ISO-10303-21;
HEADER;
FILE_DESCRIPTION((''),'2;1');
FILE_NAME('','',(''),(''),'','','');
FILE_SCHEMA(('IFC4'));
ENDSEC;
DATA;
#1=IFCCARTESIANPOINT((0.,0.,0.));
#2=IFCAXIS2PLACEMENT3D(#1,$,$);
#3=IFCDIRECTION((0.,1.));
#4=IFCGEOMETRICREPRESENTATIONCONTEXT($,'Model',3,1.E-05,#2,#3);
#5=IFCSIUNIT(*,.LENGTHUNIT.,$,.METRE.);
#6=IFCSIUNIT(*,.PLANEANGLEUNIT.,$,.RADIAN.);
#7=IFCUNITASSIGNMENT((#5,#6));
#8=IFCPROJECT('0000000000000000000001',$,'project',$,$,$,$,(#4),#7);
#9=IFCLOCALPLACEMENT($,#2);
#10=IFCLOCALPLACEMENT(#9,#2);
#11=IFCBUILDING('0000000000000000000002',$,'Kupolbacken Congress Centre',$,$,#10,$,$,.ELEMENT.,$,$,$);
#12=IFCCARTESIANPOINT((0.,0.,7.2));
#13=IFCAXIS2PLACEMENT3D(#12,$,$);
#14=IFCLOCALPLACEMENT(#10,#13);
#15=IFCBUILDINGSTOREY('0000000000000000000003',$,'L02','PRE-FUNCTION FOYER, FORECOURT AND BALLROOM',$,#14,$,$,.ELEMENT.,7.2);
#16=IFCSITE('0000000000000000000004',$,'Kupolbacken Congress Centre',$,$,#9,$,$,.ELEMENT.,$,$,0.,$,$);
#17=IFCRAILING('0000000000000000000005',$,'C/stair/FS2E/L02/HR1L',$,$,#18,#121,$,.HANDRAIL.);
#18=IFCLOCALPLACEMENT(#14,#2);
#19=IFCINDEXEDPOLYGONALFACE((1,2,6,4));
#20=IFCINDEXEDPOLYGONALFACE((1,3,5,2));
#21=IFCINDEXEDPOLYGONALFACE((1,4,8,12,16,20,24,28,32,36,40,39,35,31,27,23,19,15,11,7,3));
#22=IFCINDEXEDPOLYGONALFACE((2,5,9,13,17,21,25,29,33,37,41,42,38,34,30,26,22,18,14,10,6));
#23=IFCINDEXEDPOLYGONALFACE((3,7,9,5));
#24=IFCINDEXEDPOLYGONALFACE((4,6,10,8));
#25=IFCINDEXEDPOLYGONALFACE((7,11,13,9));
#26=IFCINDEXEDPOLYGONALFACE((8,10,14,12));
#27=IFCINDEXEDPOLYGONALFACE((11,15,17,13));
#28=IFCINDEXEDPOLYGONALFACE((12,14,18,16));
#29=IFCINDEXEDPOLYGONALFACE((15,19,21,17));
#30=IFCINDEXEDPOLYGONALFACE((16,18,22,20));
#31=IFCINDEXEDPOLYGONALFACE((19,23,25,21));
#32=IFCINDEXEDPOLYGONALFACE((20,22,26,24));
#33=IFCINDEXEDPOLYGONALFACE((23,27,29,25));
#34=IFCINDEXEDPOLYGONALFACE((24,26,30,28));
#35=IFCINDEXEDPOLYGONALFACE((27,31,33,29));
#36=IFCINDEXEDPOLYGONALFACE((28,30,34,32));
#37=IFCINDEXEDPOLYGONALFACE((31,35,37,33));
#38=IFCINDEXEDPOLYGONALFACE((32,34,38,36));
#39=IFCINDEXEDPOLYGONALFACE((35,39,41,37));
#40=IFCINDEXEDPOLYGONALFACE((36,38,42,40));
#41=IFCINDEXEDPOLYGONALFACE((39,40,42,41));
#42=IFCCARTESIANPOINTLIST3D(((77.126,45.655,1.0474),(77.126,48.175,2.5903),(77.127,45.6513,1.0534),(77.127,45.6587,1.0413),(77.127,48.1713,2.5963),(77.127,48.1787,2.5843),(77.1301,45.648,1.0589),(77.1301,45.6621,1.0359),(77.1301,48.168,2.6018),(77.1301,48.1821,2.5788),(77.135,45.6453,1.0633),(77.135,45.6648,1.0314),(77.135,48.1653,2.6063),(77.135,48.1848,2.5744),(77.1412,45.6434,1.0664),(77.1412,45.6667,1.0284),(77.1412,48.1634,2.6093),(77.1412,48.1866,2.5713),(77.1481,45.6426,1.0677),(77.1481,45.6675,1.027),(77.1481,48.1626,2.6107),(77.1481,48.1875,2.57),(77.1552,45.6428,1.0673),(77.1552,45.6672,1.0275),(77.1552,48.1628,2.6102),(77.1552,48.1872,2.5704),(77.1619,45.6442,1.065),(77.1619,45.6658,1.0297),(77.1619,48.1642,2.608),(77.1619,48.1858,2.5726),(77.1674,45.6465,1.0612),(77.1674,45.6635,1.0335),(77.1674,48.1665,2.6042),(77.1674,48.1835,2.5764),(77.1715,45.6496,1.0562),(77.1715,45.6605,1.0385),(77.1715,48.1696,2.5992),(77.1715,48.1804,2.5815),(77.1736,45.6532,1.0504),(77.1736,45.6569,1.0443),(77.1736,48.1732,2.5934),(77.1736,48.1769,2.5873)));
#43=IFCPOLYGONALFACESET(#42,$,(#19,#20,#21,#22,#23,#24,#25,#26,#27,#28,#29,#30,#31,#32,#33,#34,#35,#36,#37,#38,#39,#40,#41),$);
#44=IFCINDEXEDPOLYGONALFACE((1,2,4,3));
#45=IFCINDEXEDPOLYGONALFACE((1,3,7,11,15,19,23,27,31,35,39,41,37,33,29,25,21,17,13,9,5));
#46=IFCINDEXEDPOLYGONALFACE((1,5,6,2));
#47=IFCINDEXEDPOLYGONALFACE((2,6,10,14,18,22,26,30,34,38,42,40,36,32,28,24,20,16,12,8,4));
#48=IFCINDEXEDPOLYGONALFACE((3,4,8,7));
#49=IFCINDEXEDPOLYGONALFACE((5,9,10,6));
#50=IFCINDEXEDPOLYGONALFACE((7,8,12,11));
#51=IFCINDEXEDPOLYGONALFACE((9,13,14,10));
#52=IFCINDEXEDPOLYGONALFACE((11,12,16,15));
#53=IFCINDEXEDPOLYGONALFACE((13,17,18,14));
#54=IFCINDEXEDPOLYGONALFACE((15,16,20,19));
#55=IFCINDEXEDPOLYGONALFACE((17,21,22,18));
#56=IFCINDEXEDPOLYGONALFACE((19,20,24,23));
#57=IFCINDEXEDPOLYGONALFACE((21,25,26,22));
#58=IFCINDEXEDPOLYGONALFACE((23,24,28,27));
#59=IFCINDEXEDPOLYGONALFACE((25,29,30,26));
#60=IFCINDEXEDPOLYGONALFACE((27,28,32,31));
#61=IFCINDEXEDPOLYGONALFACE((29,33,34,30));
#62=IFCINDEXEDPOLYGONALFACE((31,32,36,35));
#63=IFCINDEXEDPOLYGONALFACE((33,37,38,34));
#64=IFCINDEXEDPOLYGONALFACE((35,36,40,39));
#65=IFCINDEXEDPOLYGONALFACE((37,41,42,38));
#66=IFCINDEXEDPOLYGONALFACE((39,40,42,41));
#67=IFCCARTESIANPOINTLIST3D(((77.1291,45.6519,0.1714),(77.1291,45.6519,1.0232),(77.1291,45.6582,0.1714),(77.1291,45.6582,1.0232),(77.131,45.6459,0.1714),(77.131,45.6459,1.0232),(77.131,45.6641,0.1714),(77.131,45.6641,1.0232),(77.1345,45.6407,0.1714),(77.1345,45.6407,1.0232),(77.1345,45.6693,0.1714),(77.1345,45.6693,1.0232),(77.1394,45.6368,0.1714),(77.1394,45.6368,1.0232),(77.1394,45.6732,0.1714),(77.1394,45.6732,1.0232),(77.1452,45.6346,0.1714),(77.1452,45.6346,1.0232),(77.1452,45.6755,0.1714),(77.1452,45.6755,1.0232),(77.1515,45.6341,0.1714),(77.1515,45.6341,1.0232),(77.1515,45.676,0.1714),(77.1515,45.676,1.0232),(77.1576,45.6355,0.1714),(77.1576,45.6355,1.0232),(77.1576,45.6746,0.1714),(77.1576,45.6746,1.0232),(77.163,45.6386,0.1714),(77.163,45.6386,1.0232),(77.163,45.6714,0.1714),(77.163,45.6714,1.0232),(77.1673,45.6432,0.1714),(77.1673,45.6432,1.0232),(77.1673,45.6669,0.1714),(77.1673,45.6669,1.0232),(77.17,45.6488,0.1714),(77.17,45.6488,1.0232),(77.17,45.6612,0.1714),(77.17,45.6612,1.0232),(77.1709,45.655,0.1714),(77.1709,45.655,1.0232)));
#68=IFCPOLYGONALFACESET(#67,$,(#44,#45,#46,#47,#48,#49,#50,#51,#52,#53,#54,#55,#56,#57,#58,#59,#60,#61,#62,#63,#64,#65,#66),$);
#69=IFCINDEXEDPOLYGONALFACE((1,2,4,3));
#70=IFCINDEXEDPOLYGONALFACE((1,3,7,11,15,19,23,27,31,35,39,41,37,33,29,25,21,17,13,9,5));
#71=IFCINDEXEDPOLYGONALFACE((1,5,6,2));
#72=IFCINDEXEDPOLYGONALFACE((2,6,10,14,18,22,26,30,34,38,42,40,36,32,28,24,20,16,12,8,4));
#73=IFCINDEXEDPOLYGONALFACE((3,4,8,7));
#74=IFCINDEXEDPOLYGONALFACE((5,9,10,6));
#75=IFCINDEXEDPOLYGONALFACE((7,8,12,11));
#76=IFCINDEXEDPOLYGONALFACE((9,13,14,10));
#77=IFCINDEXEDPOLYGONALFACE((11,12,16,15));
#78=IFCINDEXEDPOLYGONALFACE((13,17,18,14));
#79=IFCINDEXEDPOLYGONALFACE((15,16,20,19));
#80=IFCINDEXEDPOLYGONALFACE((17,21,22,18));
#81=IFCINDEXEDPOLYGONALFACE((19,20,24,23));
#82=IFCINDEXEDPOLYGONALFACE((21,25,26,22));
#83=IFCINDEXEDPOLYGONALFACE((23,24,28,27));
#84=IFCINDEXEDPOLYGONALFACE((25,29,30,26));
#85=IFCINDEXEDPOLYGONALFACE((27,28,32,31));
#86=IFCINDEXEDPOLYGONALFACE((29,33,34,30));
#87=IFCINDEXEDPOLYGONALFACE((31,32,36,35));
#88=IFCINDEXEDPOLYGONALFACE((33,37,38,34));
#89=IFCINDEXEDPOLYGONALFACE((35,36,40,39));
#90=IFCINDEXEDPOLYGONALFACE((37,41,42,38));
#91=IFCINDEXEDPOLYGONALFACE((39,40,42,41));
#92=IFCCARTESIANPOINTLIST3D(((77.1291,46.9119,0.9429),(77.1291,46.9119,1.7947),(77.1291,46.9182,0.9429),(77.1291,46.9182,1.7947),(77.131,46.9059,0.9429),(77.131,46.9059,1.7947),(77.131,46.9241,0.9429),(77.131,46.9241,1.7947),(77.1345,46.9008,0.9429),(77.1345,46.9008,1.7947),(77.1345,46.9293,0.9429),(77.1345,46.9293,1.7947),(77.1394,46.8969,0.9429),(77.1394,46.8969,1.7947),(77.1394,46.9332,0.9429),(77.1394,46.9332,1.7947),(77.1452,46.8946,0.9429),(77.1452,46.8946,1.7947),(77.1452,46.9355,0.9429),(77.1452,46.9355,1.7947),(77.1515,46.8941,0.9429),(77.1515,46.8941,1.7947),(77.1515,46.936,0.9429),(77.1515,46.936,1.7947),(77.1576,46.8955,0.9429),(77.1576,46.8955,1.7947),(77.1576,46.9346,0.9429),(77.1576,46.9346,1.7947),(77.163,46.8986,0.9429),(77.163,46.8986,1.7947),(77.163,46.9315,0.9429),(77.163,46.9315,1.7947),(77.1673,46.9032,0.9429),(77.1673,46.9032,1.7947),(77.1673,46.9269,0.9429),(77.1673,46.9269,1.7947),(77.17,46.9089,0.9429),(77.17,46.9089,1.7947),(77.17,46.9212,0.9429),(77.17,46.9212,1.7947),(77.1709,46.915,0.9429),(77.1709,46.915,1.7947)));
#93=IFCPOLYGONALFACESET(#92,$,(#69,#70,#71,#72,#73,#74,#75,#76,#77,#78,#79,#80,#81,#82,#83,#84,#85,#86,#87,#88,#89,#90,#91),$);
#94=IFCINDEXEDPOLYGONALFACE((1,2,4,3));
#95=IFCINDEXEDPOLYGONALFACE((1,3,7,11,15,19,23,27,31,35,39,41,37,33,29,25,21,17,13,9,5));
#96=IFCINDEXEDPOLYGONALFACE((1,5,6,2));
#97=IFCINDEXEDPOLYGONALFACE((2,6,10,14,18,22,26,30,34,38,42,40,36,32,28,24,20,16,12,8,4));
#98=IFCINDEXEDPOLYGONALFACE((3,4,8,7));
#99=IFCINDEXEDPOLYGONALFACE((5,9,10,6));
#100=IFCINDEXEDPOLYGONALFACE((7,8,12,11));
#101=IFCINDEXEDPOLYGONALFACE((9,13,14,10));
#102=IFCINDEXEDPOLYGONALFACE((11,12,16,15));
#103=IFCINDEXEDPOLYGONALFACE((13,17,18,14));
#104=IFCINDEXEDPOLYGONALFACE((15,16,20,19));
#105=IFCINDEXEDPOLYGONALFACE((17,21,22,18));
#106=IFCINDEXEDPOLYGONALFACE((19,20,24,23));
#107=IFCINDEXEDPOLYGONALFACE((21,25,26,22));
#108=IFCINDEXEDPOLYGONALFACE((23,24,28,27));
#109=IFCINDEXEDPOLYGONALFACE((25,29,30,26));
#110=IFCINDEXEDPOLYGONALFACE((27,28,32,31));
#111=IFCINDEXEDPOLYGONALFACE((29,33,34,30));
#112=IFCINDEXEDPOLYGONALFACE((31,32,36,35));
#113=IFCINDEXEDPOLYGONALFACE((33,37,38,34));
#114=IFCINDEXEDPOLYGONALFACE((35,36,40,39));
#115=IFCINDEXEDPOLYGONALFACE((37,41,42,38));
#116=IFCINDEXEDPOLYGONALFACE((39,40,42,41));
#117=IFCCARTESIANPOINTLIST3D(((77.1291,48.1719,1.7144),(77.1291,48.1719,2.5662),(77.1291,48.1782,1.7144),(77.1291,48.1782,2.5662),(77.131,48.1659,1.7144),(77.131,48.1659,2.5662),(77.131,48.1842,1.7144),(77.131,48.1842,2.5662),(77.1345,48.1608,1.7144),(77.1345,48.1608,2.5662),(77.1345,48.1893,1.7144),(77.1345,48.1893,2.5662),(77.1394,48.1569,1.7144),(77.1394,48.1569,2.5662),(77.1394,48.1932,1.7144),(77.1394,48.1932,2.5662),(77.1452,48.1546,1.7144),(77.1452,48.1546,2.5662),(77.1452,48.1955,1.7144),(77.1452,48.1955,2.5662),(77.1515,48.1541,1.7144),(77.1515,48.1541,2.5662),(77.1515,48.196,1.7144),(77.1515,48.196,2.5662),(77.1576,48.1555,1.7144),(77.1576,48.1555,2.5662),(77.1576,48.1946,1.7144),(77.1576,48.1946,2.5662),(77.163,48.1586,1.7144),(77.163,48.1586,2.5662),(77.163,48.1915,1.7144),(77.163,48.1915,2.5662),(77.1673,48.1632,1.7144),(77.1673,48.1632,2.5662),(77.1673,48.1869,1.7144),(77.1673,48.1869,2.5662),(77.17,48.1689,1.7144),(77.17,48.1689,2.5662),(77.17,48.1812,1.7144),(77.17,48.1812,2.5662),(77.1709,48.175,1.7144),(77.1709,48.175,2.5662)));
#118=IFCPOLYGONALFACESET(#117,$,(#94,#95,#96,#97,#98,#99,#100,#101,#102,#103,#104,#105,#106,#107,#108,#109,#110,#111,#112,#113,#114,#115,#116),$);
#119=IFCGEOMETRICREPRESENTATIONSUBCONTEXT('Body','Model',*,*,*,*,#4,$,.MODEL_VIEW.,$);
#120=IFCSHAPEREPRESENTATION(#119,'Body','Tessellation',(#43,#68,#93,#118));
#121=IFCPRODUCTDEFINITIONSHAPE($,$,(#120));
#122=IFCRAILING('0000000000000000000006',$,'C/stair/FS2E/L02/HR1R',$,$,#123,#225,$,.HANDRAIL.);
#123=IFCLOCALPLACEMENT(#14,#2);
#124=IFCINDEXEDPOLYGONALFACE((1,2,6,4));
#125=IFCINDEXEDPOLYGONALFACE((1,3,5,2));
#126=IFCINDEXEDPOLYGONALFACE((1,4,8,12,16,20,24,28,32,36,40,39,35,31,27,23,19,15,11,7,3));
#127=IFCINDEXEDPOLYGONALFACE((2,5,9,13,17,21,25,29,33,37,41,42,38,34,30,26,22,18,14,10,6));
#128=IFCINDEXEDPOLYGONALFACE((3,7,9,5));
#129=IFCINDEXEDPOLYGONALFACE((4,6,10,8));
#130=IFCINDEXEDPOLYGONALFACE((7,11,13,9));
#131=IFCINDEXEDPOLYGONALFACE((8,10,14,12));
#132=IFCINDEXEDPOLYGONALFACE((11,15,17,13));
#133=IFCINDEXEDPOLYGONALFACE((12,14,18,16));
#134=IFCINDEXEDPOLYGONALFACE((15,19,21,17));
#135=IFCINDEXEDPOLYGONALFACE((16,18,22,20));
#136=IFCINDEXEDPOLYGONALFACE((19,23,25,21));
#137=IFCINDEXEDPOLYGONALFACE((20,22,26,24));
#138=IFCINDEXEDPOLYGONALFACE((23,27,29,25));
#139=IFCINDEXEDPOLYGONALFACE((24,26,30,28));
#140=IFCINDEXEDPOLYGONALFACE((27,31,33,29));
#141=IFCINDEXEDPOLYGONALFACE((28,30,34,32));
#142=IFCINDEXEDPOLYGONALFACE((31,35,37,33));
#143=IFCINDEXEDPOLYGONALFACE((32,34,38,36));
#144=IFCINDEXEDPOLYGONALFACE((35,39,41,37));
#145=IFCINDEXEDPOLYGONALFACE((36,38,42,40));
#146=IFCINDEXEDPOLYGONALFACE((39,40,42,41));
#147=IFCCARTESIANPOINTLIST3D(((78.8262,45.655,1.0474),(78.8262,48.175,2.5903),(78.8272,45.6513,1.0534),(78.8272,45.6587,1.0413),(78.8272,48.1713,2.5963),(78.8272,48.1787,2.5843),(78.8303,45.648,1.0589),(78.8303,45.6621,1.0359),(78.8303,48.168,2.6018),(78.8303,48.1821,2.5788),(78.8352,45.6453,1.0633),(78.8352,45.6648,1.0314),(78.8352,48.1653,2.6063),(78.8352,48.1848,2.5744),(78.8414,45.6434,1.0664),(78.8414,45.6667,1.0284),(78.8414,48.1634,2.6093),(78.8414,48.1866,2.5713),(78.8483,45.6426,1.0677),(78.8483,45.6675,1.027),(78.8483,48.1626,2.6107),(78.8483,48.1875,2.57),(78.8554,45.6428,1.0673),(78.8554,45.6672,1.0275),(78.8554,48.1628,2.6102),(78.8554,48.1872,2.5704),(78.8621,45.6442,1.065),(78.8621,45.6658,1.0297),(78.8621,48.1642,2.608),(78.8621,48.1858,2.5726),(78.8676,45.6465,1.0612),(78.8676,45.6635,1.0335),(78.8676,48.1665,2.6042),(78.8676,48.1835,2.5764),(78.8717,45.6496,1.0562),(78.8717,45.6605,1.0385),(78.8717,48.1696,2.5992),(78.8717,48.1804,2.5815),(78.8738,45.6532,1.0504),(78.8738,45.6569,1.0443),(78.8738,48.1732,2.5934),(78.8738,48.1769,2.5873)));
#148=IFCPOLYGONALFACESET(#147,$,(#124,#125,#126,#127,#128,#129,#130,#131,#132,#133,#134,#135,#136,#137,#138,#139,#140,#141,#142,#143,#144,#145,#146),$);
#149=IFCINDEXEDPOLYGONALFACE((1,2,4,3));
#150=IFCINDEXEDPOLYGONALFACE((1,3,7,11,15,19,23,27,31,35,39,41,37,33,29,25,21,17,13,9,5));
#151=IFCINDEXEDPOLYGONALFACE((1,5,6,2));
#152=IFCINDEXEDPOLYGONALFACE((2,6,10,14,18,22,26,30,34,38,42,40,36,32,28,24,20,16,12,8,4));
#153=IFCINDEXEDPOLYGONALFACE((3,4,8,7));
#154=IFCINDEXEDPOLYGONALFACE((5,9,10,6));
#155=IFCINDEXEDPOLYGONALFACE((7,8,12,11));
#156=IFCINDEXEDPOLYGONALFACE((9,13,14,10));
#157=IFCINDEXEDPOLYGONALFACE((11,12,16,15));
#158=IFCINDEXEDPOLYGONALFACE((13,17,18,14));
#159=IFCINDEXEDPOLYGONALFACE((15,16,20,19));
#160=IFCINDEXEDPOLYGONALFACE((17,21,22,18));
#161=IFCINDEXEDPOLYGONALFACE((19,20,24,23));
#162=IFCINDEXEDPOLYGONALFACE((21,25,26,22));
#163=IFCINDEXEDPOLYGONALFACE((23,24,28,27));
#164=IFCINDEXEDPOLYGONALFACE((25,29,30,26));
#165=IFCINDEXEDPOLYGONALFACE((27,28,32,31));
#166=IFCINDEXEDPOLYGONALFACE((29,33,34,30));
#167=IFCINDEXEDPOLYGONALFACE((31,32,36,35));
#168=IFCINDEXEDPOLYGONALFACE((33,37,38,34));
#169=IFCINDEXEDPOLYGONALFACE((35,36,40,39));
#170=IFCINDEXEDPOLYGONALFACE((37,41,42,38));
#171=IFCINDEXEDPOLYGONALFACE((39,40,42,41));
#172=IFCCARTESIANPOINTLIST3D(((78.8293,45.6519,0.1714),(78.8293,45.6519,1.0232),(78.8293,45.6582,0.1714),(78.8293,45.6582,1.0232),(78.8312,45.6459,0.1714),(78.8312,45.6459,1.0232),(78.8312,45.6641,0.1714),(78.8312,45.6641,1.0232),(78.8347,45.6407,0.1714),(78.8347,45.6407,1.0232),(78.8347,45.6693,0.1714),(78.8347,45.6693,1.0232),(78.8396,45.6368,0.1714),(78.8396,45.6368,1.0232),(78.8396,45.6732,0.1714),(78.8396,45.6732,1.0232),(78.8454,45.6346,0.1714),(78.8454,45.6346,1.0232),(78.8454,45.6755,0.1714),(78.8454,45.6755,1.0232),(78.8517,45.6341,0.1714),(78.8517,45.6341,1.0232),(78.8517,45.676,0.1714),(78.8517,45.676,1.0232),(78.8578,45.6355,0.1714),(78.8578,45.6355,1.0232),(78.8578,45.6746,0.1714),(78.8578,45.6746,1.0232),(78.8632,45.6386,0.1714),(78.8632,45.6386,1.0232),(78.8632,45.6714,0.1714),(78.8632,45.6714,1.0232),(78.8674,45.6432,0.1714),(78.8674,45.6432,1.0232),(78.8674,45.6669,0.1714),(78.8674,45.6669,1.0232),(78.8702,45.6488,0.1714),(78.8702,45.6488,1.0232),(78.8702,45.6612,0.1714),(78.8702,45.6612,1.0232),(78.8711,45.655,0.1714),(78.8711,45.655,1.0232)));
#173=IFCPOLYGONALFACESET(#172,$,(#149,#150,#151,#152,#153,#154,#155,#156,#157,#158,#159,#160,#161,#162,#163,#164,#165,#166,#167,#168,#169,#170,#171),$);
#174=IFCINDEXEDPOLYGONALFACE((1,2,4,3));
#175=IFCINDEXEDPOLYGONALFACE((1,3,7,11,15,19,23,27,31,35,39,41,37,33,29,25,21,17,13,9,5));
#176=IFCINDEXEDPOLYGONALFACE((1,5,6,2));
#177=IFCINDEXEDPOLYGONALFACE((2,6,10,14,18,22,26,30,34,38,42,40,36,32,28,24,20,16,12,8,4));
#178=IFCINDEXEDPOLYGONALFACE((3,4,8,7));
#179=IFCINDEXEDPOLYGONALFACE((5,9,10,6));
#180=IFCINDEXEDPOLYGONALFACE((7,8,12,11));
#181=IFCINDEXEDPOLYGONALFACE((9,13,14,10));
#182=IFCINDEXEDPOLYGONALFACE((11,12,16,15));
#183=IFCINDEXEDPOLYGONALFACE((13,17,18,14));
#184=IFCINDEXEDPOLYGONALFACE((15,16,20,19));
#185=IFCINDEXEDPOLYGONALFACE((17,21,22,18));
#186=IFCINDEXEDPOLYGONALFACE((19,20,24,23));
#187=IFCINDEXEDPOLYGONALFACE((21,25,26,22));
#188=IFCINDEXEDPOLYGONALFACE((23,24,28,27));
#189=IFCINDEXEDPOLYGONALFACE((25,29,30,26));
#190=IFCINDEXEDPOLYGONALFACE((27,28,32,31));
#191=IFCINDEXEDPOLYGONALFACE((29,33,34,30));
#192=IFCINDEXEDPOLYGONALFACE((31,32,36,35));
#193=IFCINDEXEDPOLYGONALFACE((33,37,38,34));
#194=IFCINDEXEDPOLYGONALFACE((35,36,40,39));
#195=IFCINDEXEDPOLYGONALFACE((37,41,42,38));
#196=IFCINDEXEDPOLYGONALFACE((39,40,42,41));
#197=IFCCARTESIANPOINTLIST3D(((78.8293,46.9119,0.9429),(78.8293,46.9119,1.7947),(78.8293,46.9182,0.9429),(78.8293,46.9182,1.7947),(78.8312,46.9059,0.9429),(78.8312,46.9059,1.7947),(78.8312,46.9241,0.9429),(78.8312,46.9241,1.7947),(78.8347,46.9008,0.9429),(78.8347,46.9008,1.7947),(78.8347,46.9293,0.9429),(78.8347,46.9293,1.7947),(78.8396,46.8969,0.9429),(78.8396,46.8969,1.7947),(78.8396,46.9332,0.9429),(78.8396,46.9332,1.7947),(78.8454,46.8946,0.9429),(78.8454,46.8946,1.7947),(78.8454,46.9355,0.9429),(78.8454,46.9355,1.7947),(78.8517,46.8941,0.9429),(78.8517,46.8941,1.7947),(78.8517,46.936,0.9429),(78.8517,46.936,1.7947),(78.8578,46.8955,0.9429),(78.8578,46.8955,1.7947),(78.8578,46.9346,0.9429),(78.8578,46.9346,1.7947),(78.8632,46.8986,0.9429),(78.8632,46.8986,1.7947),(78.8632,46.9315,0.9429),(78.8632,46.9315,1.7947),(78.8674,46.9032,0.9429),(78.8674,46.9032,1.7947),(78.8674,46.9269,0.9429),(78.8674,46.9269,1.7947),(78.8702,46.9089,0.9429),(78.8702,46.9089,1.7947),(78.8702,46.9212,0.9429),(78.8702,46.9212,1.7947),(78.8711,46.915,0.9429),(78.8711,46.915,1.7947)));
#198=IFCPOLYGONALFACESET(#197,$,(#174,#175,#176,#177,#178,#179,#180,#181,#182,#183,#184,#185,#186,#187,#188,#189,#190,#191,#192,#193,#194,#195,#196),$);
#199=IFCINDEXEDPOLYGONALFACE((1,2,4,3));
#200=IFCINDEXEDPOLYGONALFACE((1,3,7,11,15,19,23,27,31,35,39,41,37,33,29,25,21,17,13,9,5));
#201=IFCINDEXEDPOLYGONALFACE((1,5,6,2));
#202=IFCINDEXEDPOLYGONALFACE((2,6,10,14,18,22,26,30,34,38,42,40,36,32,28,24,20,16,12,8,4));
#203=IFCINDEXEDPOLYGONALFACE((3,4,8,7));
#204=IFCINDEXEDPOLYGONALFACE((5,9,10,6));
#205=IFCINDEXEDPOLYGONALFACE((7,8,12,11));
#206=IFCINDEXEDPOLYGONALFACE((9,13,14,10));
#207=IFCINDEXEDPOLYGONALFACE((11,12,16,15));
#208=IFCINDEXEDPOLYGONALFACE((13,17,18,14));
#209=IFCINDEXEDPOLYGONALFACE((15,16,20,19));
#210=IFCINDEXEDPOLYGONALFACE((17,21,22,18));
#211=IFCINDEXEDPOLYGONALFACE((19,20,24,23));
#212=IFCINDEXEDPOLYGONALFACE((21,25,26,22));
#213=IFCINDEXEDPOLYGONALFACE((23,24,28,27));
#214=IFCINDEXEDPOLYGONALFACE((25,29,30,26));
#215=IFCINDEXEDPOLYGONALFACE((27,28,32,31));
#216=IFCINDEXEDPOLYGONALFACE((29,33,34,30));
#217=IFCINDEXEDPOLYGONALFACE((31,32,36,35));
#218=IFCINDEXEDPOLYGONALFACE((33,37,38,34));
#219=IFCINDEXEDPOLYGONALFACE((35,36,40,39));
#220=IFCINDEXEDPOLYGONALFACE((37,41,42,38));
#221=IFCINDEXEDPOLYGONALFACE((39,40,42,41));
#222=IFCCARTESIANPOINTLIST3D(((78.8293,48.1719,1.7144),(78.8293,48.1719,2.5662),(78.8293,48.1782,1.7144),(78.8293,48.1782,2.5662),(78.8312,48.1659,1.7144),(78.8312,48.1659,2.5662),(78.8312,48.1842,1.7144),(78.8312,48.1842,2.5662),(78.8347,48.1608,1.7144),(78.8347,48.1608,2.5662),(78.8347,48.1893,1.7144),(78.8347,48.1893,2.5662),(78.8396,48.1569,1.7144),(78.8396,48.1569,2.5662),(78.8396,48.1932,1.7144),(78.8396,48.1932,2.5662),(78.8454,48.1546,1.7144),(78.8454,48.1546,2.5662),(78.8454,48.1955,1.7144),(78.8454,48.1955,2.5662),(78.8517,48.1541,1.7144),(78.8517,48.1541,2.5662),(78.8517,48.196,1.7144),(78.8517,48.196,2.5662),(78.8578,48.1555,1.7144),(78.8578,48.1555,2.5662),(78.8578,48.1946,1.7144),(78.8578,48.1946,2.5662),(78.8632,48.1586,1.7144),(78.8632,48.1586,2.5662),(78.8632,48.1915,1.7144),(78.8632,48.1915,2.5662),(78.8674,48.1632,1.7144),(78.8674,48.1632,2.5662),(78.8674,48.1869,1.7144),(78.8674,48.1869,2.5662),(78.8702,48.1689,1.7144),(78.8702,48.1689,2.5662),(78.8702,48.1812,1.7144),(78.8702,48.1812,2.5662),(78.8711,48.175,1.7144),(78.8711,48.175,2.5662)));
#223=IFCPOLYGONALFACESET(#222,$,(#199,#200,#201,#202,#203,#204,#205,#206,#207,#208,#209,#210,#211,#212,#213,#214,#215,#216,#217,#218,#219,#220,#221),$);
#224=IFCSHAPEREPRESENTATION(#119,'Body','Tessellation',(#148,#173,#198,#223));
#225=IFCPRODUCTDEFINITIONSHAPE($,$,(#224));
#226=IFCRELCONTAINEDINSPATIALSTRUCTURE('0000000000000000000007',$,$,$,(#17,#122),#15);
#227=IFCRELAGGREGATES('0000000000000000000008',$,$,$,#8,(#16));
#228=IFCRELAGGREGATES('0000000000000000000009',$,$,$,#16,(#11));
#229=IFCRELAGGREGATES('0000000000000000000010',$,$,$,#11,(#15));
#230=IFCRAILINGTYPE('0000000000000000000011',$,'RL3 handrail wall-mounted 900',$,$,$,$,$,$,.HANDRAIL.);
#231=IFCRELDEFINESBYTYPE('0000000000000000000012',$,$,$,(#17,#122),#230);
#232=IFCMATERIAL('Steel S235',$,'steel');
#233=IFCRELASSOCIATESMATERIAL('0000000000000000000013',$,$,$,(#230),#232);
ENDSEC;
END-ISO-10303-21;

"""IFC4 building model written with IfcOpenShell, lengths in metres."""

from ifc_helpers import new_model, si_unit, direction, frame, origin, origin_2d, place, context, subcontext, project, spatial, circle, extrude, material, type_object, element, save


model = new_model("IFC4")

# Units and contexts
model_context = context("Model", 3, precision=1e-05, world=origin(), true_north=direction((0.0, 1.0)))
body_context = subcontext(model_context, "Body", "Model", "MODEL_VIEW")
ifc_project = project(units=[si_unit("LENGTHUNIT", "METRE"), si_unit("PLANEANGLEUNIT", "RADIAN")], contexts=[model_context])

# Site, building, storey
site_placement = place(None, origin())
site = spatial("IfcSite", under=ifc_project, at=site_placement, Name="Kupolbacken Congress Centre", CompositionType="ELEMENT", RefElevation=0.0)
building_placement = place(site_placement, origin())
building = spatial("IfcBuilding", under=site, at=building_placement, Name="Kupolbacken Congress Centre", CompositionType="ELEMENT")
storey_placement = place(building_placement, frame((0.0, 0.0, 7.2)))
storey = spatial("IfcBuildingStorey", under=building, at=storey_placement, Name="L02", Description="PRE-FUNCTION FOYER, FORECOURT AND BALLROOM", CompositionType="ELEMENT", Elevation=7.2)

# Railings
ifc_material_1 = material(Name="Steel S235", Category="steel")
railing_type_1 = type_object("IfcRailingType", Name="RL3 handrail wall-mounted 900", PredefinedType="HANDRAIL", material=ifc_material_1)
for number, where, name in (
    (1, (77.1499, 45.655, 0.1714), "C/stair/FS2E/L02/HR1L"),
    (2, (78.8501, 45.655, 0.1714), "C/stair/FS2E/L02/HR1R"),
):
    element("IfcRailing", number, at=place(storey_placement, frame(where)), inside=storey, type_object=railing_type_1, Name=name, PredefinedType="HANDRAIL", context=body_context, shape_type="SweptSolid", body=[
        extrude(circle(Radius=0.0239, at=origin_2d()), frame((0.0, 0.0, 0.876), z_axis=(0.0, 0.852836, 0.522178), x_axis=(-1.0, 0.0, 0.0)), (0.0, 0.0, 1.0), 2.9548),
        extrude(circle(Radius=0.021, at=origin_2d()), origin(), (0.0, 0.0, 1.0), 0.8518),
        extrude(circle(Radius=0.021, at=origin_2d()), frame((0.0, 1.26, 0.7715)), (0.0, 0.0, 1.0), 0.8518),
        extrude(circle(Radius=0.021, at=origin_2d()), frame((0.0, 2.52, 1.543)), (0.0, 0.0, 1.0), 0.8518),
    ])

save(model, "model.ifc")
